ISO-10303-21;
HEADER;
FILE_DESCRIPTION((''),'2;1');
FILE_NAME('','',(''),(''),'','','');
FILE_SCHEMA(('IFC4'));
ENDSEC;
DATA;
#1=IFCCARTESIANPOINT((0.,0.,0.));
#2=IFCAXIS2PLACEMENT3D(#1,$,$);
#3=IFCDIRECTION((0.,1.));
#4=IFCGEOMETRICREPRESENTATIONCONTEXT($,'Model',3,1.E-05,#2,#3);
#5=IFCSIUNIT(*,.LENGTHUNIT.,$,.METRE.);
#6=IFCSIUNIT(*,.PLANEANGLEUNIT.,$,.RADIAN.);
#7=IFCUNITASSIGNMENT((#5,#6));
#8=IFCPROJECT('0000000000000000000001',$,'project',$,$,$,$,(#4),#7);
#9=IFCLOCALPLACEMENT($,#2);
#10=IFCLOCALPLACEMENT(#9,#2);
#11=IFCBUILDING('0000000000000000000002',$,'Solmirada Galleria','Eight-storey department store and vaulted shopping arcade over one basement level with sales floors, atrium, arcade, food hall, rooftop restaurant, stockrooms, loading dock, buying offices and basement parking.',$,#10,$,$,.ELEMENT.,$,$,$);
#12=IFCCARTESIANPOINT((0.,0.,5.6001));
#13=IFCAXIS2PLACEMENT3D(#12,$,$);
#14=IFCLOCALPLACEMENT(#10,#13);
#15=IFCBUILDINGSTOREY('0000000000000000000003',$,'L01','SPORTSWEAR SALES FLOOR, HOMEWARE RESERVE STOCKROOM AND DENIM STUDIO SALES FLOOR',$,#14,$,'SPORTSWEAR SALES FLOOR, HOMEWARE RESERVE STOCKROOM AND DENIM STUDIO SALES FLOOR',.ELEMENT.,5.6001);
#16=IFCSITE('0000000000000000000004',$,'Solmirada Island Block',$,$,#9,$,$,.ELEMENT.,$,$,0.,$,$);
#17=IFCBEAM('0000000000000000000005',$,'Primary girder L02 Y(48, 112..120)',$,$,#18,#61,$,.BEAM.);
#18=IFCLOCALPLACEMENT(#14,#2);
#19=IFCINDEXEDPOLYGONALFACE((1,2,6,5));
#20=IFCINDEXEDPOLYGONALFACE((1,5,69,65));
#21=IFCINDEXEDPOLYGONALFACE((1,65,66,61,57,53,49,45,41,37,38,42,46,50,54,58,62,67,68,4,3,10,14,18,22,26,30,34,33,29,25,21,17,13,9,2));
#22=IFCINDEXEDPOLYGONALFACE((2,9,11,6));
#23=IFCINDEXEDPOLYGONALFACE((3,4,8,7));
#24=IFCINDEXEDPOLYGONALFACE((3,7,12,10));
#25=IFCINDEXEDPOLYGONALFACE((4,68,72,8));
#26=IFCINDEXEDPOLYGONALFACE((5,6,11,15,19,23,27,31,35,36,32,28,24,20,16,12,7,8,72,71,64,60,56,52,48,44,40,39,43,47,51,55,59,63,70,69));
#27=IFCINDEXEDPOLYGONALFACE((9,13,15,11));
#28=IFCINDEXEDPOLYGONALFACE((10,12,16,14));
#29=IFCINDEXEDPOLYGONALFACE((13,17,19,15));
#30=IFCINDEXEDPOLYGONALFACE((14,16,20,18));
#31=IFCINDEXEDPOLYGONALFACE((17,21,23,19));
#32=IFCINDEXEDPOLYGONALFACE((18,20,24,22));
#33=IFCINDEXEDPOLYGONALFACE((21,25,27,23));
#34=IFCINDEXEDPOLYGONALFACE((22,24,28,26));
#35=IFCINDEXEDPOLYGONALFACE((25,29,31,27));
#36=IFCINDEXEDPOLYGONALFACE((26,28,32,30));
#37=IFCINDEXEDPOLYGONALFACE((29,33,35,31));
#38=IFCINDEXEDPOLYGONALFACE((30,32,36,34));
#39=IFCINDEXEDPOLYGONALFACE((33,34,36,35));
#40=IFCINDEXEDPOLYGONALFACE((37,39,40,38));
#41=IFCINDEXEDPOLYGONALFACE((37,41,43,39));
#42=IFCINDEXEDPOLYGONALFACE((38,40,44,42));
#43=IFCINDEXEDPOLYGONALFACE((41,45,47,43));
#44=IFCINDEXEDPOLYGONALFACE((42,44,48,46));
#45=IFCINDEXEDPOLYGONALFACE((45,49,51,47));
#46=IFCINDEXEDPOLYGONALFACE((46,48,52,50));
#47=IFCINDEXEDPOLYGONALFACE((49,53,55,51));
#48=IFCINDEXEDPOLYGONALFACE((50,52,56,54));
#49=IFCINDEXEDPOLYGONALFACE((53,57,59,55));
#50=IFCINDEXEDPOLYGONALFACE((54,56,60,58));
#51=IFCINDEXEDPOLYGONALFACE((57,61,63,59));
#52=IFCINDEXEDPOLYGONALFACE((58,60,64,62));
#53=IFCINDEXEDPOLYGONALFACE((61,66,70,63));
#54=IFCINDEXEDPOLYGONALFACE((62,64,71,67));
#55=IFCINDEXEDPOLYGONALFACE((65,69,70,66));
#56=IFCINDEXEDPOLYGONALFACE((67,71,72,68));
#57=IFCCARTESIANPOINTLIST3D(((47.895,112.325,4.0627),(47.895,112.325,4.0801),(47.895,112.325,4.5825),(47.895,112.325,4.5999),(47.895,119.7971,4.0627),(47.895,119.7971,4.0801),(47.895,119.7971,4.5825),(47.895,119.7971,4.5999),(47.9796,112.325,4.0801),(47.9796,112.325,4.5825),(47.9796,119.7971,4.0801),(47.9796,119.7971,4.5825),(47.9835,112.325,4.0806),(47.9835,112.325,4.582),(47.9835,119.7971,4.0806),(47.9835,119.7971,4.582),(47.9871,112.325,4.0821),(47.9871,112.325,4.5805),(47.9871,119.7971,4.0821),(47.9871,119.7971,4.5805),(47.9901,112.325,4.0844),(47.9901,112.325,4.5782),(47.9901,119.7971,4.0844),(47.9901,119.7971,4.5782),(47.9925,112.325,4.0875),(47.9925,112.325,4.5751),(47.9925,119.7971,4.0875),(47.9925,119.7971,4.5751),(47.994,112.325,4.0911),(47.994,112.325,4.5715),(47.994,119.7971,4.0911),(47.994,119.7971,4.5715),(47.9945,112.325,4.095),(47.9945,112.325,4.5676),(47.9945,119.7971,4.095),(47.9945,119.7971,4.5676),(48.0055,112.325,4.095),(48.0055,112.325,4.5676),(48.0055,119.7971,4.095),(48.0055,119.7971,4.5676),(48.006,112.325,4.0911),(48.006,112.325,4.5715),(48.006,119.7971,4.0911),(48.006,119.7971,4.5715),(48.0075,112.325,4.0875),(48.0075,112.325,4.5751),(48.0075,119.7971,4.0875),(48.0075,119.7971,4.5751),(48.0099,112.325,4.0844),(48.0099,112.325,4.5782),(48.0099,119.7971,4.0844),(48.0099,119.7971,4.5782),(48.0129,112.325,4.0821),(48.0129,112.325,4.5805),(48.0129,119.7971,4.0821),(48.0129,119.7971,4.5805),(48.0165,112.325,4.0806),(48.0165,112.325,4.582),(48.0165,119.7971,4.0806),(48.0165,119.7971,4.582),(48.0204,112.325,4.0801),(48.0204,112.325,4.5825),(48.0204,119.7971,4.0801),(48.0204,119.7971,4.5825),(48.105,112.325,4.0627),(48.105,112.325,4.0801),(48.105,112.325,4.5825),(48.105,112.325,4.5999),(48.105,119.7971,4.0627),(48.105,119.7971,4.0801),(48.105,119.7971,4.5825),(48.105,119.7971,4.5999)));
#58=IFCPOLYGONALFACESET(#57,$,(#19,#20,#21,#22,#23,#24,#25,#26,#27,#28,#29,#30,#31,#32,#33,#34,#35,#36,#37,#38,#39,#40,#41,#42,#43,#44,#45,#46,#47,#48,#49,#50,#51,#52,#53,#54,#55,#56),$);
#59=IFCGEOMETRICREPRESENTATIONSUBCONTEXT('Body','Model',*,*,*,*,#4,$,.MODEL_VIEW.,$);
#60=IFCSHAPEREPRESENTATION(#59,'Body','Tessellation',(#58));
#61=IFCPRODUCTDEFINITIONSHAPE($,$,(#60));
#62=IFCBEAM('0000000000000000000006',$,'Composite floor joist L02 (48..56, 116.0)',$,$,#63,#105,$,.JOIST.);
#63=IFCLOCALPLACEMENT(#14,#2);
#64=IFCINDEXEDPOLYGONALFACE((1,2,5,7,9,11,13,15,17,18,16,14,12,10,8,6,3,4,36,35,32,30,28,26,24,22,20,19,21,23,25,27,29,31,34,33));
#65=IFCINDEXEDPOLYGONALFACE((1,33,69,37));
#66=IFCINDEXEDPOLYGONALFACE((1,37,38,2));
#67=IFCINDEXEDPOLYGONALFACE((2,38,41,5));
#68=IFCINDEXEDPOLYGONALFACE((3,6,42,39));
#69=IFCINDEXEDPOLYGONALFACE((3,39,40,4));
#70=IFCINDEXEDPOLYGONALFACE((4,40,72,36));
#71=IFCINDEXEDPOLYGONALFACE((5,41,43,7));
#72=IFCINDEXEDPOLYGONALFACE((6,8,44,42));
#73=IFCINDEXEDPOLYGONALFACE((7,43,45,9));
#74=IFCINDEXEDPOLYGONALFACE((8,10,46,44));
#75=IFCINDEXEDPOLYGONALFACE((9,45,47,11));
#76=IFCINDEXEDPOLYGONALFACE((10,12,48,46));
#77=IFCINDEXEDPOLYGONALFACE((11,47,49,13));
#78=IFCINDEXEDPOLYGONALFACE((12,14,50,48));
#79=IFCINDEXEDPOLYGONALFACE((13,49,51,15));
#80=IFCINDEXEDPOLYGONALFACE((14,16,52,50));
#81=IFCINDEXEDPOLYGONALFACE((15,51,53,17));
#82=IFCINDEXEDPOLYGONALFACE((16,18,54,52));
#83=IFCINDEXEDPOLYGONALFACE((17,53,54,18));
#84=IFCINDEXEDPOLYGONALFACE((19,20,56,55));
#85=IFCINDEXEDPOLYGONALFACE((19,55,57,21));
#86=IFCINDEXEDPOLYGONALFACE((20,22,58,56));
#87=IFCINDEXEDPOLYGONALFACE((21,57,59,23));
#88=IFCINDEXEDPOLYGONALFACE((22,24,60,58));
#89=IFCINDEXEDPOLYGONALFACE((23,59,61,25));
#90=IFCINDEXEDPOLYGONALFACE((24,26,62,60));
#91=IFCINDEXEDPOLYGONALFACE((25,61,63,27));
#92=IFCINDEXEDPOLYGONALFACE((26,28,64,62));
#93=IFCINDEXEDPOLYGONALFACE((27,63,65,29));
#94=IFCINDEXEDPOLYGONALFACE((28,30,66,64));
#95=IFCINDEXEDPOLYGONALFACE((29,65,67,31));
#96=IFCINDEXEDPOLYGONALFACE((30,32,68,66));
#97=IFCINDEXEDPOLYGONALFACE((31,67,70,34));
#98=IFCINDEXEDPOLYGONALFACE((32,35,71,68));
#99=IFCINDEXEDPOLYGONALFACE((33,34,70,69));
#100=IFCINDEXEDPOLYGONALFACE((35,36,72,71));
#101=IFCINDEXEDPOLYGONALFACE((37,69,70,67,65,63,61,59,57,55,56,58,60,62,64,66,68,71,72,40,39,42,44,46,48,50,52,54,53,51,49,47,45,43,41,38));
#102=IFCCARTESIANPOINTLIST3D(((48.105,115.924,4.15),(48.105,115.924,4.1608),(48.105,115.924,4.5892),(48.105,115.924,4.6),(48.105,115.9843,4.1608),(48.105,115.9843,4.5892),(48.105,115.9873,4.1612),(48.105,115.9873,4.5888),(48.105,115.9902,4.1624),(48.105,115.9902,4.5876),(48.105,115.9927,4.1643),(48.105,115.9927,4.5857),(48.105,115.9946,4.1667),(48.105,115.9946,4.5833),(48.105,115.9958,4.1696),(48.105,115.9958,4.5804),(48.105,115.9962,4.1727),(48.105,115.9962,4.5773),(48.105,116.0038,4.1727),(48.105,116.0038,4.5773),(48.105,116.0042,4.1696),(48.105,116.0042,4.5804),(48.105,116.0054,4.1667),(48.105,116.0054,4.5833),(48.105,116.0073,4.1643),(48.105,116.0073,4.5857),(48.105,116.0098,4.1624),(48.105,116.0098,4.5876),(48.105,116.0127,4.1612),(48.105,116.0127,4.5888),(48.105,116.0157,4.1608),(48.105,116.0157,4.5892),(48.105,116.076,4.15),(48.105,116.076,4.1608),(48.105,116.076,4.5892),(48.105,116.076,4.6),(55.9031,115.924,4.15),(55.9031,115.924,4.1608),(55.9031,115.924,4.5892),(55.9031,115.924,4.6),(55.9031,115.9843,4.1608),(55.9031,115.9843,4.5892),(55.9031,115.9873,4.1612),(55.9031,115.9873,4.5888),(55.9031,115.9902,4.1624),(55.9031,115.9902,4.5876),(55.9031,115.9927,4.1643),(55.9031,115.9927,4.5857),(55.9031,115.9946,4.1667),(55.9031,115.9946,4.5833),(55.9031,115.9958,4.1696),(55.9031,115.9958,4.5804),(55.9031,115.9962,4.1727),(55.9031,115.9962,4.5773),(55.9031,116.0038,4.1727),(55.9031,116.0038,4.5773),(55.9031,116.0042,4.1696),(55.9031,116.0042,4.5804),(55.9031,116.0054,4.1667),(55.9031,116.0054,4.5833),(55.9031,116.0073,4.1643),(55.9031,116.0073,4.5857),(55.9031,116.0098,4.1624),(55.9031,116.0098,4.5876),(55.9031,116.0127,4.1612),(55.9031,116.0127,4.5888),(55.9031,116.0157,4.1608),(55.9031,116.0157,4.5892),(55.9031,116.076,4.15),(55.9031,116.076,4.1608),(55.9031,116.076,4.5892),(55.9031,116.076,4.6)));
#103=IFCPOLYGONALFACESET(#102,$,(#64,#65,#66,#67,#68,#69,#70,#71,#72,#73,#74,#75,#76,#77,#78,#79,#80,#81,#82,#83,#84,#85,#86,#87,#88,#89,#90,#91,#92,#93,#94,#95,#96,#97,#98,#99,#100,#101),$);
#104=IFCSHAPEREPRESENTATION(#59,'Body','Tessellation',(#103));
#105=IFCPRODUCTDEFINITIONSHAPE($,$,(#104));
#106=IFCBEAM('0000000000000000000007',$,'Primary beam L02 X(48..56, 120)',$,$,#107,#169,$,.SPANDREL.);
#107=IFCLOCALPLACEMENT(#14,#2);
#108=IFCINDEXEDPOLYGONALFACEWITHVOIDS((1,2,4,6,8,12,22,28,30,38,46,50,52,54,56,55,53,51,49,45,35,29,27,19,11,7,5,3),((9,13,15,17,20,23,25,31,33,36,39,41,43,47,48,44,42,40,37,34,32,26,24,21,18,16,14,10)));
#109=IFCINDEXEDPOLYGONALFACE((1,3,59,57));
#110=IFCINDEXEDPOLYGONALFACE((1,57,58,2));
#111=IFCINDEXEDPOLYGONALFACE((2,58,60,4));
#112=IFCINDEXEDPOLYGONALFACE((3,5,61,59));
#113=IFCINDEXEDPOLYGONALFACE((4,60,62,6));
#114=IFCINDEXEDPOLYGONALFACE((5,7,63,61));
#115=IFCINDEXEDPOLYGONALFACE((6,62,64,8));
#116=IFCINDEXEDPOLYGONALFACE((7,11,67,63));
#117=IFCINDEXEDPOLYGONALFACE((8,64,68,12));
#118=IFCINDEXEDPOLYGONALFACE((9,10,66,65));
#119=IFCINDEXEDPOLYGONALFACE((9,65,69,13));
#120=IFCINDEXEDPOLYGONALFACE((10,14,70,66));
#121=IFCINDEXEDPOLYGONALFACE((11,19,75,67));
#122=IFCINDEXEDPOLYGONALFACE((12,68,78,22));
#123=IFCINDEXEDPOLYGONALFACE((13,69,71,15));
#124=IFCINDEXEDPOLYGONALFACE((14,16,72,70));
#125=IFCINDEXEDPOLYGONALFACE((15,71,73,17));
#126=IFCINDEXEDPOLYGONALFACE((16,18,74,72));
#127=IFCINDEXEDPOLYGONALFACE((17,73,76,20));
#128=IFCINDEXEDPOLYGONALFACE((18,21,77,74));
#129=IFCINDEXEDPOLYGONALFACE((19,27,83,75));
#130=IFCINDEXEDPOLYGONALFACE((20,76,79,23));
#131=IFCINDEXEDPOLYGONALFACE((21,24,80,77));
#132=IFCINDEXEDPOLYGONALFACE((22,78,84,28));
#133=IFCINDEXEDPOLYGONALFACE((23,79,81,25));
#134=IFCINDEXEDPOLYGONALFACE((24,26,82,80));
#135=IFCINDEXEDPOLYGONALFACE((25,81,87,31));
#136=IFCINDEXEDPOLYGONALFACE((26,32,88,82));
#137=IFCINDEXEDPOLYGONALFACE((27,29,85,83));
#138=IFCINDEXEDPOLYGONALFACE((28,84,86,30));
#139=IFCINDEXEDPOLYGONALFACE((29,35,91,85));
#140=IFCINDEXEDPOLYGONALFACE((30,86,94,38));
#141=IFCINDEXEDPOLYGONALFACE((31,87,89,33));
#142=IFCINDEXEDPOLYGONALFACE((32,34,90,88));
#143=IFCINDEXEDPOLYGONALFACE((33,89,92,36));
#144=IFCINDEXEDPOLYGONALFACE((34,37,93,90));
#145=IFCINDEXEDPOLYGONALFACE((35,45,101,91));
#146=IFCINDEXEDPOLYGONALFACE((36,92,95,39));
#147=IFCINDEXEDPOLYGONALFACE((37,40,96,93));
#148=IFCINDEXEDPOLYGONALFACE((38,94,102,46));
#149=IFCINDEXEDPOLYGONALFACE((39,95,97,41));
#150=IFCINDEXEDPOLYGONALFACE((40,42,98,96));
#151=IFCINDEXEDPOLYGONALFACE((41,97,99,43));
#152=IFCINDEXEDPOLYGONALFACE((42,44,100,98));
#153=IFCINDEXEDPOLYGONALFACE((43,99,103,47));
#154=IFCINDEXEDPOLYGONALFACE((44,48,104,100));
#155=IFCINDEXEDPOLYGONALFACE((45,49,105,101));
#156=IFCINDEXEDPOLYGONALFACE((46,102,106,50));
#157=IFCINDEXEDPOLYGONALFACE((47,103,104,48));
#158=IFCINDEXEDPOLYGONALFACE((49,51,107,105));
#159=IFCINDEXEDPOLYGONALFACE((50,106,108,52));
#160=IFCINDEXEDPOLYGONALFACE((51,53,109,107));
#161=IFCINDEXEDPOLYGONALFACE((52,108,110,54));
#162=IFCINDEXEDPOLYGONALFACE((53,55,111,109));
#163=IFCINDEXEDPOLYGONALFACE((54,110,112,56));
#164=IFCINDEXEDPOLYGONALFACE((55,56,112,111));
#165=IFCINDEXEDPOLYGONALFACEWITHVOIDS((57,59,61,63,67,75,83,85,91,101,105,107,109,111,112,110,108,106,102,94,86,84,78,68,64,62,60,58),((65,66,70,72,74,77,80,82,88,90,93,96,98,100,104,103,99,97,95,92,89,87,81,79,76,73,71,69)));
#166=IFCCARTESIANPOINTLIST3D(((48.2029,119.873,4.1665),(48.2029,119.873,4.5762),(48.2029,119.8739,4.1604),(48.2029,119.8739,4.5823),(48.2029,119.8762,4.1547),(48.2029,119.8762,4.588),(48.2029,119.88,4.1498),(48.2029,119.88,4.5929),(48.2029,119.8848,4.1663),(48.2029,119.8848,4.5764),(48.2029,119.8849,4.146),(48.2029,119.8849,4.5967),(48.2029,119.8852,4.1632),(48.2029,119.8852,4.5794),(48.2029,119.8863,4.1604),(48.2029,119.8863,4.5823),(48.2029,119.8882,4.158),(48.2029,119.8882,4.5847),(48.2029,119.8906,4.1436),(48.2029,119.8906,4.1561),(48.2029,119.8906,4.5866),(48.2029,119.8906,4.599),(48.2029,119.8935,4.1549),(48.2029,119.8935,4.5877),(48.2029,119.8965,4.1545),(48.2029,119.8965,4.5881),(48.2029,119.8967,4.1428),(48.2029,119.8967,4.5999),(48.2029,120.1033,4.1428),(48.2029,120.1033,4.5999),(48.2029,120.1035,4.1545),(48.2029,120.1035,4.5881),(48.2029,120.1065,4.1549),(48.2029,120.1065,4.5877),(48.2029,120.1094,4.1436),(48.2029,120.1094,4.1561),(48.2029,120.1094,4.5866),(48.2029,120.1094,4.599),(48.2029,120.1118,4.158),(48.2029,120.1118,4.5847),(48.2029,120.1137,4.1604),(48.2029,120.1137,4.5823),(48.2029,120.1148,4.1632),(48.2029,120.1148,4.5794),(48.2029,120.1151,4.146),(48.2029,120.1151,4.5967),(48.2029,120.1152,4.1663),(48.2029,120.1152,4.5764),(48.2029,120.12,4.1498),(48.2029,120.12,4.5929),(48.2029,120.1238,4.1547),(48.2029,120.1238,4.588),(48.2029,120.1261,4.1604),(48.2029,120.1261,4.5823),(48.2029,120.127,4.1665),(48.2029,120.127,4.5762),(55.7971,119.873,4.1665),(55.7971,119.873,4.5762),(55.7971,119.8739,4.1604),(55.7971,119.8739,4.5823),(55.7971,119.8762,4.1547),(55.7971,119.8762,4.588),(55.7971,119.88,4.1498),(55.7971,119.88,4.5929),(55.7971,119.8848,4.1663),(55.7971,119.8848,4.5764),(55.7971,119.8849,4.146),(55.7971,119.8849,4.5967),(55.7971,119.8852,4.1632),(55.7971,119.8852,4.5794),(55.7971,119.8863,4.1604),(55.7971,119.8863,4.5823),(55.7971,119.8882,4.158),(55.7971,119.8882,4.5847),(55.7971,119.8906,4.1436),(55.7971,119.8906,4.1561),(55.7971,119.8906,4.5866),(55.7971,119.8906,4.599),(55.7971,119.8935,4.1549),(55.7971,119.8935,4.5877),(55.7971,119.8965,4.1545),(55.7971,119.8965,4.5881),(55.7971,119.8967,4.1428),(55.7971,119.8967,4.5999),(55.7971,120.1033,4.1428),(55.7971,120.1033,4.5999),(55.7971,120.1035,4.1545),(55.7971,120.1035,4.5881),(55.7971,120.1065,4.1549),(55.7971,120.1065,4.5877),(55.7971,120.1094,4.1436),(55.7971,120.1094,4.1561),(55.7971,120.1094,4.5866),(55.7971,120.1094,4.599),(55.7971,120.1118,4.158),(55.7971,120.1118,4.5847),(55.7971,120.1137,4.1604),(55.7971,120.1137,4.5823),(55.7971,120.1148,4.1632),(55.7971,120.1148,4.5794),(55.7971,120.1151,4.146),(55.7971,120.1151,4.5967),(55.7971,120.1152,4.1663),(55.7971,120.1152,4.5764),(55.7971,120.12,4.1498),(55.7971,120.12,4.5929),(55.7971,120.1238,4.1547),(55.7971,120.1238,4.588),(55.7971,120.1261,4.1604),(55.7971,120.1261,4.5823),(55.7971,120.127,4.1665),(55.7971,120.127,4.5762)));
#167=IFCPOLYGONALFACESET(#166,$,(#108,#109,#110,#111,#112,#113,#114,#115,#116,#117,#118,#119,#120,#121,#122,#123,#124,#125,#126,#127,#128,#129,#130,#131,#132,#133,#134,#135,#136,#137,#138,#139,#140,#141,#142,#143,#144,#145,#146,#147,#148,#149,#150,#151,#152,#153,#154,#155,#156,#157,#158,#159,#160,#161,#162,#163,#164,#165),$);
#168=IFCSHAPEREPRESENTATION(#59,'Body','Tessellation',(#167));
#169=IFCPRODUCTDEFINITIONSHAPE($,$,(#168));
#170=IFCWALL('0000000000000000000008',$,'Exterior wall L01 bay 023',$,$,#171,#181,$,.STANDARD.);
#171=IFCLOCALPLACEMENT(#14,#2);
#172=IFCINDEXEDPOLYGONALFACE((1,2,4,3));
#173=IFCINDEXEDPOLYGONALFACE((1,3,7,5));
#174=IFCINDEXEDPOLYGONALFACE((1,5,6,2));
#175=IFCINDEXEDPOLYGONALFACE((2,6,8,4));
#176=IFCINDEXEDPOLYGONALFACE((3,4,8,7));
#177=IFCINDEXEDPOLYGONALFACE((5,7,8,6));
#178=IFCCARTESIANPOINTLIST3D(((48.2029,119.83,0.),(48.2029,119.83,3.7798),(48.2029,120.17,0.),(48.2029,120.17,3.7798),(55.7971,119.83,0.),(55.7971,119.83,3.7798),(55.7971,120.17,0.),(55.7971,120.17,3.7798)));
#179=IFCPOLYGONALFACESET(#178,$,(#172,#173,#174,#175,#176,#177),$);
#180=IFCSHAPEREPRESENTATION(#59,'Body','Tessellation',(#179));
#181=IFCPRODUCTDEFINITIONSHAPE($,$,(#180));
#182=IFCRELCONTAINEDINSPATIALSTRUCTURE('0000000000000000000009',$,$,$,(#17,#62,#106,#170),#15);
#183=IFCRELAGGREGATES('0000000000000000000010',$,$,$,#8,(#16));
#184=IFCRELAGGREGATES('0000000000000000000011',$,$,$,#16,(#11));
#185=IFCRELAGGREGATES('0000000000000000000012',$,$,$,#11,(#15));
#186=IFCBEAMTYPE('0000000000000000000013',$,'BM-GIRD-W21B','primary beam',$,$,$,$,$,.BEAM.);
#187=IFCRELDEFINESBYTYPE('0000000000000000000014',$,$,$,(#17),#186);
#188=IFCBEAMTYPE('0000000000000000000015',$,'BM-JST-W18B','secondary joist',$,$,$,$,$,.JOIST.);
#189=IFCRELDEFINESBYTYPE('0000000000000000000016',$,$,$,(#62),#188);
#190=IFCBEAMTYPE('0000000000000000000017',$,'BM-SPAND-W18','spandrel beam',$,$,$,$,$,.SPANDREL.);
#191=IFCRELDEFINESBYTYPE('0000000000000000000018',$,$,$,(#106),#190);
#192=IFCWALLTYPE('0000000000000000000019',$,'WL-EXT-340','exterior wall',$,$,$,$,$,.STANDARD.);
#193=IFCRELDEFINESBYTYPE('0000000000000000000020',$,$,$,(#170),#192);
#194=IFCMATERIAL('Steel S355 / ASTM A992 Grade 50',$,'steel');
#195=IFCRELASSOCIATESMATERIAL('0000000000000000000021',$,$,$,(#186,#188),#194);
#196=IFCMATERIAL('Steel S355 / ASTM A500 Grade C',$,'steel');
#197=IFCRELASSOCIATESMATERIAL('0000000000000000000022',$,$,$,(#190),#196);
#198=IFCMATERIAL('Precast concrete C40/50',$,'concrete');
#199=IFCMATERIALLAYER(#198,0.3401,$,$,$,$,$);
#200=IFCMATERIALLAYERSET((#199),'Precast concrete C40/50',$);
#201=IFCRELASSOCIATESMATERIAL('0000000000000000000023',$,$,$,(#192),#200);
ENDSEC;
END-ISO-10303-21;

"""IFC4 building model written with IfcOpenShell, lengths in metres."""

from ifc_helpers import new_model, si_unit, direction, frame, frame_2d, origin, origin_2d, place, context, subcontext, project, spatial, rectangle, hollow_rectangle, i_section, extrude, material, layer, layer_set, material_profile, profile_set, type_object, element, save


model = new_model("IFC4")

# Units and contexts
model_context = context("Model", 3, precision=1e-05, world=origin(), true_north=direction((0.0, 1.0)))
body_context = subcontext(model_context, "Body", "Model", "MODEL_VIEW")
ifc_project = project(units=[si_unit("LENGTHUNIT", "METRE"), si_unit("PLANEANGLEUNIT", "RADIAN")], contexts=[model_context])

# Site, building, storey
site_placement = place(None, origin())
site = spatial("IfcSite", under=ifc_project, at=site_placement, Name="Solmirada Island Block", CompositionType="ELEMENT", RefElevation=0.0)
building_placement = place(site_placement, origin())
building = spatial("IfcBuilding", under=site, at=building_placement, Name="Solmirada Galleria", Description="Eight-storey department store and vaulted shopping arcade over one basement level with sales floors, atrium, arcade, food hall, rooftop restaurant, stockrooms, loading dock, buying offices and basement parking.", CompositionType="ELEMENT")
storey_placement = place(building_placement, frame((0.0, 0.0, 5.6001)))
storey = spatial("IfcBuildingStorey", under=building, at=storey_placement, Name="L01", Description="SPORTSWEAR SALES FLOOR, HOMEWARE RESERVE STOCKROOM AND DENIM STUDIO SALES FLOOR", LongName="SPORTSWEAR SALES FLOOR, HOMEWARE RESERVE STOCKROOM AND DENIM STUDIO SALES FLOOR", CompositionType="ELEMENT", Elevation=5.6001)

# Shared definitions
ifc_material_1 = material(Name="Steel S355 / ASTM A500 Grade C", Category="steel")
ifc_material_2 = material(Name="Precast concrete C40/50", Category="concrete")

# Beams
ifc_material_3 = material(Name="Steel S355 / ASTM A992 Grade 50", Category="steel")
ifc_material_profile_1 = material_profile(ifc_material_3, i_section(OverallWidth=0.21, OverallDepth=0.5371, WebThickness=0.011, FlangeThickness=0.0173, FilletRadius=0.0149, at=origin_2d()), Name="W21X68")
ifc_profile_set_1 = profile_set([ifc_material_profile_1], Name="Steel S355 / ASTM A992 Grade 50")
beam_type_1 = type_object("IfcBeamType", Name="BM-GIRD-W21B", Description="primary beam", PredefinedType="BEAM", material=ifc_profile_set_1)
beam_1_placement = place(storey_placement, frame((48.0, 112.325, 4.3313), z_axis=(0.0, 1.0, 0.0), x_axis=(-1.0, 0.0, 0.0)))
element("IfcBeam", 1, at=beam_1_placement, inside=storey, type_object=beam_type_1, Name="Primary girder L02 Y(48, 112..120)", PredefinedType="BEAM", context=body_context, shape_type="SweptSolid", body=[
    extrude(i_section(OverallWidth=0.21, OverallDepth=0.5371, WebThickness=0.011, FlangeThickness=0.0173, FilletRadius=0.0149, at=origin_2d()), origin(), (0.0, 0.0, 1.0), 7.4722),
])
ifc_material_profile_2 = material_profile(ifc_material_3, i_section(OverallWidth=0.1521, OverallDepth=0.45, WebThickness=0.0076, FlangeThickness=0.0107, FilletRadius=0.012, at=origin_2d()), Name="W18X35")
ifc_profile_set_2 = profile_set([ifc_material_profile_2], Name="Steel S355 / ASTM A992 Grade 50")
beam_type_2 = type_object("IfcBeamType", Name="BM-JST-W18B", Description="secondary joist", PredefinedType="JOIST", material=ifc_profile_set_2)
beam_2_placement = place(storey_placement, frame((48.105, 116.0, 4.375), z_axis=(1.0, 0.0, 0.0), x_axis=(0.0, 1.0, 0.0)))
element("IfcBeam", 2, at=beam_2_placement, inside=storey, type_object=beam_type_2, Name="Composite floor joist L02 (48..56, 116.0)", PredefinedType="JOIST", context=body_context, shape_type="SweptSolid", body=[
    extrude(i_section(OverallWidth=0.1521, OverallDepth=0.45, WebThickness=0.0076, FlangeThickness=0.0107, FilletRadius=0.012, at=origin_2d()), origin(), (0.0, 0.0, 1.0), 7.7981),
])
ifc_material_profile_3 = material_profile(ifc_material_1, hollow_rectangle(XDim=0.2539, YDim=0.457, WallThickness=0.0117, InnerFilletRadius=0.0117, OuterFilletRadius=0.0237, at=origin_2d()), Name="HSS18X10X1/2")
ifc_profile_set_3 = profile_set([ifc_material_profile_3], Name="Steel S355 / ASTM A500 Grade C")
beam_type_3 = type_object("IfcBeamType", Name="BM-SPAND-W18", Description="spandrel beam", PredefinedType="SPANDREL", material=ifc_profile_set_3)
beam_3_placement = place(storey_placement, frame((48.2029, 120.0, 4.3713), z_axis=(1.0, 0.0, 0.0), x_axis=(0.0, 1.0, 0.0)))
element("IfcBeam", 3, at=beam_3_placement, inside=storey, type_object=beam_type_3, Name="Primary beam L02 X(48..56, 120)", PredefinedType="SPANDREL", context=body_context, shape_type="SweptSolid", body=[
    extrude(hollow_rectangle(XDim=0.2539, YDim=0.457, WallThickness=0.0117, InnerFilletRadius=0.0117, OuterFilletRadius=0.0237, at=origin_2d()), origin(), (0.0, 0.0, 1.0), 7.5942),
])

# Wall
ifc_layer_1 = layer(ifc_material_2, 0.3401)
ifc_layer_set_1 = layer_set([ifc_layer_1], Name="Precast concrete C40/50")
wall_type_1 = type_object("IfcWallType", Name="WL-EXT-340", Description="exterior wall", PredefinedType="STANDARD", material=ifc_layer_set_1)
wall_1_placement = place(storey_placement, frame((48.2029, 120.0, 0.0), z_axis=(0.0, 0.0, 1.0), x_axis=(1.0, 0.0, 0.0)))
element("IfcWall", 4, at=wall_1_placement, inside=storey, type_object=wall_type_1, Name="Exterior wall L01 bay 023", PredefinedType="STANDARD", context=body_context, shape_type="SweptSolid", body=[
    extrude(rectangle(XDim=7.5942, YDim=0.3401, at=frame_2d((3.7971, 0.0))), origin(), (0.0, 0.0, 1.0), 3.7798),
])

save(model, "model.ifc")
